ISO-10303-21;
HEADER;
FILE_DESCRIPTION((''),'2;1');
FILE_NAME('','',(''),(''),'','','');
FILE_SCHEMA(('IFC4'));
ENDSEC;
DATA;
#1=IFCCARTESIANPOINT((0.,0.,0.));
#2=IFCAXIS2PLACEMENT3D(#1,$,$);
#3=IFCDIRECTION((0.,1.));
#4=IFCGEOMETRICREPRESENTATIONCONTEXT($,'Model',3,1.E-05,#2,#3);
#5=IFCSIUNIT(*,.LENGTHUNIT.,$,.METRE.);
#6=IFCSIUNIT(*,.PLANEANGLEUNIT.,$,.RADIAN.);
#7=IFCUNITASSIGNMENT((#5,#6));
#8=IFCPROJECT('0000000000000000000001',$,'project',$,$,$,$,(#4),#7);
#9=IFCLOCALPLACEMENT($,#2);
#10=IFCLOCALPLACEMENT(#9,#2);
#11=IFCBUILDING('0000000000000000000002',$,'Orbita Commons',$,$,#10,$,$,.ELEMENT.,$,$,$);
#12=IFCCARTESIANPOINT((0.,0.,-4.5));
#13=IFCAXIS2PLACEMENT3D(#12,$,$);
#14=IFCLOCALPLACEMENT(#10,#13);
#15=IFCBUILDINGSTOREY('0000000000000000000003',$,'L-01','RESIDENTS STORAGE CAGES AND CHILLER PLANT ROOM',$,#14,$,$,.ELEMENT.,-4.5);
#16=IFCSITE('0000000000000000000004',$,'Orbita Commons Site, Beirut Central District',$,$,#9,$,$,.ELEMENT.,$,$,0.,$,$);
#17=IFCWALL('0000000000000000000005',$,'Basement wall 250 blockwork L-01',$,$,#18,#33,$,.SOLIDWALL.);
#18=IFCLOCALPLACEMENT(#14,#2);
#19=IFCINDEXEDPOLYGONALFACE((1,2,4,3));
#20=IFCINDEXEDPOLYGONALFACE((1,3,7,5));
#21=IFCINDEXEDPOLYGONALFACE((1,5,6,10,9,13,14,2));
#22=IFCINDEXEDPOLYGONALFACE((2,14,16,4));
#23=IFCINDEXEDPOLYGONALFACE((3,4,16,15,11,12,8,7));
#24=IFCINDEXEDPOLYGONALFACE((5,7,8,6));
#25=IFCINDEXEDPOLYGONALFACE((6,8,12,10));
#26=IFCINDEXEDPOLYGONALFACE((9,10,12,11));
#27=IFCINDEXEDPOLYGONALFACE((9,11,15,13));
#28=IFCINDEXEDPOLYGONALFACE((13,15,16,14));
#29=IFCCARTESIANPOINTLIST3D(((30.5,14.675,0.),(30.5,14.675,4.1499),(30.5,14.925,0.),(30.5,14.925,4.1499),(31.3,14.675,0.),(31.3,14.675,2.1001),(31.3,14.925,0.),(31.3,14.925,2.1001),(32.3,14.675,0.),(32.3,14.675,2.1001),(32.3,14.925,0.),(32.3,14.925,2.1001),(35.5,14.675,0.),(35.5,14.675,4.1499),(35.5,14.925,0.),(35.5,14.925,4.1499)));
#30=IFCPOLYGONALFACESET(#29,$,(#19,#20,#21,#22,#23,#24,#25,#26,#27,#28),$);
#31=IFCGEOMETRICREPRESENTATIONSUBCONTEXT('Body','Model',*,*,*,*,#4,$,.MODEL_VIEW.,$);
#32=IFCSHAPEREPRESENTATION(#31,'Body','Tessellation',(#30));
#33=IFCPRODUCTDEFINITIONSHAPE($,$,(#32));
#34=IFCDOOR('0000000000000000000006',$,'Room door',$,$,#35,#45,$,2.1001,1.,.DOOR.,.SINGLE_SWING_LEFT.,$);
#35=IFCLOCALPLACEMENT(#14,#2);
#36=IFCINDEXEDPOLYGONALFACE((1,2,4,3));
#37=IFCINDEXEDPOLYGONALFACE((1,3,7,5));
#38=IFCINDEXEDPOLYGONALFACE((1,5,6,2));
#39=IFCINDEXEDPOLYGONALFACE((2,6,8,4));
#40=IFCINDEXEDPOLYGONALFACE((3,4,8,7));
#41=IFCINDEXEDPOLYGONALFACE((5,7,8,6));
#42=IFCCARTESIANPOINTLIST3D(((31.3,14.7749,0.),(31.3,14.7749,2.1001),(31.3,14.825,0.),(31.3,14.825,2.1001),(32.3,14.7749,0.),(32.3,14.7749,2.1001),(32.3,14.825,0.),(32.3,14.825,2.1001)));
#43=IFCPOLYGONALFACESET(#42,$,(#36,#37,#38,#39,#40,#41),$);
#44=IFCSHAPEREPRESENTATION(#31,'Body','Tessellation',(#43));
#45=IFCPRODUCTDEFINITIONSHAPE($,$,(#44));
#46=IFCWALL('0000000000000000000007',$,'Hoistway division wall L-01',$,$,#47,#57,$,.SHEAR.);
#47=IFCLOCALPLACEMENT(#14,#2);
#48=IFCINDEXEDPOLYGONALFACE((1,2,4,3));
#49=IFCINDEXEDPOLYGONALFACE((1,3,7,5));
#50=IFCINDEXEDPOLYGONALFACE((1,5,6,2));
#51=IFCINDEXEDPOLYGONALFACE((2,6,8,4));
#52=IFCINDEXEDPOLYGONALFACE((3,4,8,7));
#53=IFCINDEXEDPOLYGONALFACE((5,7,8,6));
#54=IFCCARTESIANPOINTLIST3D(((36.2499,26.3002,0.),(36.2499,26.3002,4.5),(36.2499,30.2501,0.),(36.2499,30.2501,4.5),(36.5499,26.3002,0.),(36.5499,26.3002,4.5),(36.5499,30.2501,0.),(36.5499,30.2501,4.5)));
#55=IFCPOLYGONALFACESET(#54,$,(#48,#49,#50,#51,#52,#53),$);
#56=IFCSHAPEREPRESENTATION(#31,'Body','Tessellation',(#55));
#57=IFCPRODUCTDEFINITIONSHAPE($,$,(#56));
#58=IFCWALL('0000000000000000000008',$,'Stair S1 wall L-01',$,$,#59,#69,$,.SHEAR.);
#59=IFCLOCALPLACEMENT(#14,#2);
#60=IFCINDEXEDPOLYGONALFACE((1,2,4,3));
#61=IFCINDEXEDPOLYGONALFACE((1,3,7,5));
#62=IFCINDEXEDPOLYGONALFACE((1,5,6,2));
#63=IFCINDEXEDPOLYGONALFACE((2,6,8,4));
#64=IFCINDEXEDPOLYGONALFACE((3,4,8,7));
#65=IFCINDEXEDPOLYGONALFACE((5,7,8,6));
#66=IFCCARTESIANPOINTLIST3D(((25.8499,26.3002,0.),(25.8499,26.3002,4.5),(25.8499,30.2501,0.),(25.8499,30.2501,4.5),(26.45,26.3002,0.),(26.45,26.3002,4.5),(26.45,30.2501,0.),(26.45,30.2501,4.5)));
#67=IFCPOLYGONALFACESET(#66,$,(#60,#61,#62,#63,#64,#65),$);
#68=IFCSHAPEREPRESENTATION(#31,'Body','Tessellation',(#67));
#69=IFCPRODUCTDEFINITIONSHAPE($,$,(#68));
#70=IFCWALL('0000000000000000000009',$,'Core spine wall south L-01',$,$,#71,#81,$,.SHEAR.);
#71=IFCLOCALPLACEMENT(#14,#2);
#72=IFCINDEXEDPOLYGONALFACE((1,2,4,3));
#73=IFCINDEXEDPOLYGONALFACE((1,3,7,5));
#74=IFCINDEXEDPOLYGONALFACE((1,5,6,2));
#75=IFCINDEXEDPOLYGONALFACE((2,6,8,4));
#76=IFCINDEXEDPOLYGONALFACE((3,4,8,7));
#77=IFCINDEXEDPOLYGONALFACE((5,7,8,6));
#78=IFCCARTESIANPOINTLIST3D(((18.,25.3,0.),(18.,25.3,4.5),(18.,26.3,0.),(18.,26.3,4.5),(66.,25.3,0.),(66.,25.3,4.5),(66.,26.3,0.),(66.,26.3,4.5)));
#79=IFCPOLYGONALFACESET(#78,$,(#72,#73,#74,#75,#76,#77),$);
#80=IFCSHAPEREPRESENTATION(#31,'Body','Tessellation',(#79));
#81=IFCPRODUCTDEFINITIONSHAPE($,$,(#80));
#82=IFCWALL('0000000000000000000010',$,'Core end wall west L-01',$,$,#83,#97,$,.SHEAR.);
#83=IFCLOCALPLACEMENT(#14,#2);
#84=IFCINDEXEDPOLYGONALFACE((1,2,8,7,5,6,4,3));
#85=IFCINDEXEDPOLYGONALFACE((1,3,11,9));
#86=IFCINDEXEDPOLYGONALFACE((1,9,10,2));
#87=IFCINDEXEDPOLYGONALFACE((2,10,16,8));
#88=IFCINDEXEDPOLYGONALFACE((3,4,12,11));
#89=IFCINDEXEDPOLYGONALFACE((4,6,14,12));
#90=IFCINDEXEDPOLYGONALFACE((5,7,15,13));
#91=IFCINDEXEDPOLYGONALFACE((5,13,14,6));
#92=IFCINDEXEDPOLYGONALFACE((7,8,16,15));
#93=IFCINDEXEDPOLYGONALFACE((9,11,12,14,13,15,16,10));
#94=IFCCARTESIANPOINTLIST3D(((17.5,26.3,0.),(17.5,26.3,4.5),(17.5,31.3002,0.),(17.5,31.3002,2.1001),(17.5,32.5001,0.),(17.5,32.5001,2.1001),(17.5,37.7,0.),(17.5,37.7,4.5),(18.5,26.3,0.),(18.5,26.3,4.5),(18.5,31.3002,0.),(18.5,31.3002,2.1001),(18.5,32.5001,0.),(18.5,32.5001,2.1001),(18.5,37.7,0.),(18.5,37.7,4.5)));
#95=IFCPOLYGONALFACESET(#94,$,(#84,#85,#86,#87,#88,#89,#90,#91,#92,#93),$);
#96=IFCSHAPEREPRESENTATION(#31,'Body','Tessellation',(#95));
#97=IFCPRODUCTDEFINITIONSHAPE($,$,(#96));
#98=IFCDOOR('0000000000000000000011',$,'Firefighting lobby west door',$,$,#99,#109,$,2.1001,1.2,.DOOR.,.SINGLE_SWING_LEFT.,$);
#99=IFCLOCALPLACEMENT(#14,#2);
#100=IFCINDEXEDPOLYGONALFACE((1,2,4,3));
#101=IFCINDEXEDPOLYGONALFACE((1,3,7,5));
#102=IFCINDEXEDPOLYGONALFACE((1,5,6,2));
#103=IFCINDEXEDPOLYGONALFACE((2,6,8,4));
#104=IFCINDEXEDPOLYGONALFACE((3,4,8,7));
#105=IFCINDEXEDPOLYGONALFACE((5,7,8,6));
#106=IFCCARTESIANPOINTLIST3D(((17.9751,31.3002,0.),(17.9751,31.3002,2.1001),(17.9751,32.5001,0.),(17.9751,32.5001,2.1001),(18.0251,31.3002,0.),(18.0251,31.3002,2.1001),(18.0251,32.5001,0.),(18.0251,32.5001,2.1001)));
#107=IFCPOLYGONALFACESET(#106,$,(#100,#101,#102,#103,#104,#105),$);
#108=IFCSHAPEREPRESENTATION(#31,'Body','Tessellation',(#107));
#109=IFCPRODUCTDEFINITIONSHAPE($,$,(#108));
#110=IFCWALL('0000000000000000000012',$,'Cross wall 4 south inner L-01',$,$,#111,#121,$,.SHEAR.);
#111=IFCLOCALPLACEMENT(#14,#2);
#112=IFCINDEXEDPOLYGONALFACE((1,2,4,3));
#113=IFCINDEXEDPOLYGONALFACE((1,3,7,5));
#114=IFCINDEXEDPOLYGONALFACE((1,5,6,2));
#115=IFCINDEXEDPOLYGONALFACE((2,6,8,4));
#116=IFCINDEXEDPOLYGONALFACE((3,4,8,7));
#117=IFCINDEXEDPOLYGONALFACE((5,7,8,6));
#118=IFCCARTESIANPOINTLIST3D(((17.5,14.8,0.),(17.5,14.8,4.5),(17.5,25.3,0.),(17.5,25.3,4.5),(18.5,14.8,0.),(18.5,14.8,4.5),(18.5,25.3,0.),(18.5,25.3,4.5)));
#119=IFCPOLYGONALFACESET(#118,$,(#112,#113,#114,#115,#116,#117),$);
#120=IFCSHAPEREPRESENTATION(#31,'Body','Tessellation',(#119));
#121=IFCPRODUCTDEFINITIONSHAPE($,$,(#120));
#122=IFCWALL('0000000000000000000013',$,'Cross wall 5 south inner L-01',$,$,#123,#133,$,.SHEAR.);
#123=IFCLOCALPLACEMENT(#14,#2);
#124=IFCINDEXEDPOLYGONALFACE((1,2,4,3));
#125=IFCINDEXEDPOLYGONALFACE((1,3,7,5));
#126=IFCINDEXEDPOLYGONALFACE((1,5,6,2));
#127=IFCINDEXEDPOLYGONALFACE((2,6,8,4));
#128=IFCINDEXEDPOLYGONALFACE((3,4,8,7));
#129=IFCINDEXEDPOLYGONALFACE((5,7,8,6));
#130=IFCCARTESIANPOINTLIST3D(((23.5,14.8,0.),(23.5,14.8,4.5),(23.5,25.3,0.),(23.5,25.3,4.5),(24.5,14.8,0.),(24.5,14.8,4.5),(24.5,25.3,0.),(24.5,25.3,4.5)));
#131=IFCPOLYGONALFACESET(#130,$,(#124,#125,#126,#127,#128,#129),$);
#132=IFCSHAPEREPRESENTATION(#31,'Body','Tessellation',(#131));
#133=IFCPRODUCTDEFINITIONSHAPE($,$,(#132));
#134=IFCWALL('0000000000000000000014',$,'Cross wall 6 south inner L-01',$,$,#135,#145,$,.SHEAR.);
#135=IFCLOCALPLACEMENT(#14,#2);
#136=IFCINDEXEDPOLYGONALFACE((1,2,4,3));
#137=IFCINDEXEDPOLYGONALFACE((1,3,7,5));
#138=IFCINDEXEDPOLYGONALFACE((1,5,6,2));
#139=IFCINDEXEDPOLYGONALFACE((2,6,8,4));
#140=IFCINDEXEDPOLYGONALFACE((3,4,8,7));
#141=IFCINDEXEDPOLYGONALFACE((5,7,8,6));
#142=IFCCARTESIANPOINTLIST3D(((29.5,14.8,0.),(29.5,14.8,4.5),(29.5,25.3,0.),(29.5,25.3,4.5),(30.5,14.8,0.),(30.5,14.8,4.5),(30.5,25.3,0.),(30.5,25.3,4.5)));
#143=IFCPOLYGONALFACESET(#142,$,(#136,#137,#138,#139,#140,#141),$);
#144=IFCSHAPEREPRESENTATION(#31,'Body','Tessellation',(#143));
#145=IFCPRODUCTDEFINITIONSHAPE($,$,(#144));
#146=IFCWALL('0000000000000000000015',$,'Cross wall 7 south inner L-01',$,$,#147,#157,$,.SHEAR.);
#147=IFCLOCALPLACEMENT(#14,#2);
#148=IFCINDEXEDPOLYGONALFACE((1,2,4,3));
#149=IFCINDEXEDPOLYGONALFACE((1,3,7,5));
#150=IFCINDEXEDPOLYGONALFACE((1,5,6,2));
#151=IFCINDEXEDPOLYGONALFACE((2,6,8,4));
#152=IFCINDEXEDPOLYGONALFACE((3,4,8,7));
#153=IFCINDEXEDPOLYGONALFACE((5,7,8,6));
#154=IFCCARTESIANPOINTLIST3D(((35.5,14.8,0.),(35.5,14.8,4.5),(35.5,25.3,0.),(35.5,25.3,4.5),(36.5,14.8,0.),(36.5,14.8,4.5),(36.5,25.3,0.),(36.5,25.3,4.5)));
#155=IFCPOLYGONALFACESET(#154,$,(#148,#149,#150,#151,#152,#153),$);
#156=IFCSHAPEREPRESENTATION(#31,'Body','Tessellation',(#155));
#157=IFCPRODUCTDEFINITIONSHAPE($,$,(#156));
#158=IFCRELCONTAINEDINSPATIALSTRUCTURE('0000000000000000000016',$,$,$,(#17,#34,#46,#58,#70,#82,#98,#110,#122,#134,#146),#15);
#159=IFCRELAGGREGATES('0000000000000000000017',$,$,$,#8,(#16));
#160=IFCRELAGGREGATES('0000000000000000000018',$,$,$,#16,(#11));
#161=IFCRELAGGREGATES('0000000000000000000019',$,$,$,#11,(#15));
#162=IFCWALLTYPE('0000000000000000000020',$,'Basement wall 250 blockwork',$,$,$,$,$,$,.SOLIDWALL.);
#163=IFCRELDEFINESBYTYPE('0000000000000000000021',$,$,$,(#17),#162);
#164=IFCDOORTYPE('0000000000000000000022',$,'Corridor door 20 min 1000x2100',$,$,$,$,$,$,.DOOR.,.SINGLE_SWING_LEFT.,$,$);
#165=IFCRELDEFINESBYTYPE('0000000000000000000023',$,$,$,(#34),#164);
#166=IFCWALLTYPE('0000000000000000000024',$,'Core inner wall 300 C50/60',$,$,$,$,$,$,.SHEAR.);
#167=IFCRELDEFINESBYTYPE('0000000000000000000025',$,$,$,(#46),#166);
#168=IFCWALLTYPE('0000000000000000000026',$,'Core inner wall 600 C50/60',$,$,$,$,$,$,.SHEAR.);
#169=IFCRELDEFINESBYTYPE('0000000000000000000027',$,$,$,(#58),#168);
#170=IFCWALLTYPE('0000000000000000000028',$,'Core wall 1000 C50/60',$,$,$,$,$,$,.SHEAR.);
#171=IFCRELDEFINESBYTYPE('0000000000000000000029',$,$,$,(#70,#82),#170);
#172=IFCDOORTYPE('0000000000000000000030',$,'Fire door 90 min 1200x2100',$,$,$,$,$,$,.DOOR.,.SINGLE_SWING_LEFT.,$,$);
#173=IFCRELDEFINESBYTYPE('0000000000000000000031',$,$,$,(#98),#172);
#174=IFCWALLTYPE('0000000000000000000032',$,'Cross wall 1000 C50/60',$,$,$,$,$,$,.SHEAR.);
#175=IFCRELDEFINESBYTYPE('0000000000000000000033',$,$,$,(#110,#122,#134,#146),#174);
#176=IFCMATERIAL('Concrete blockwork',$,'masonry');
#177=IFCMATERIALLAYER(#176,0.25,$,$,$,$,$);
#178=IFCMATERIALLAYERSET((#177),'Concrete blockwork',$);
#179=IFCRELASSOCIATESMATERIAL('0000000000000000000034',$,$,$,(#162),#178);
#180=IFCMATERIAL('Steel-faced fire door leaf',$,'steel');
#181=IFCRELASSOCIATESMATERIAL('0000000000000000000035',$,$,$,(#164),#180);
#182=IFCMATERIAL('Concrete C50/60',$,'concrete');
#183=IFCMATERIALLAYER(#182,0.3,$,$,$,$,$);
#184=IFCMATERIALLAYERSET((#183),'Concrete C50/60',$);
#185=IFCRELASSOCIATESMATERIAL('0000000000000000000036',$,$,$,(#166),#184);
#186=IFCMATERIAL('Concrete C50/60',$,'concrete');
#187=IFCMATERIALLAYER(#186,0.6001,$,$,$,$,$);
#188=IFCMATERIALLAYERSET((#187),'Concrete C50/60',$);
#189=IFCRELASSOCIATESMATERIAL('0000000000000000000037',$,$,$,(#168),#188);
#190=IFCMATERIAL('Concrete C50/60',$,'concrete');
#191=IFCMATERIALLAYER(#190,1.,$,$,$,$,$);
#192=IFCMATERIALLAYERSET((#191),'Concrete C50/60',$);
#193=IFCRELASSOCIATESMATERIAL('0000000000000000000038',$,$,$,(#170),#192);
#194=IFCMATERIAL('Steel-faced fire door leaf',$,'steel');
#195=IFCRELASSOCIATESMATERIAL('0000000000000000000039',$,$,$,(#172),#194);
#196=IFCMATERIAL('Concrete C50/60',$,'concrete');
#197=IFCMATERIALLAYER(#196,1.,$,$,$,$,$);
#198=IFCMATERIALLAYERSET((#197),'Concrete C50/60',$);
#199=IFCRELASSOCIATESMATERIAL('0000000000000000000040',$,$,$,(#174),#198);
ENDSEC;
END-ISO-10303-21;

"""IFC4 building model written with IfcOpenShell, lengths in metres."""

from ifc_helpers import new_model, si_unit, direction, frame, frame_2d, origin, place, context, subcontext, project, spatial, rectangle, extrude, material, layer, layer_set, type_object, element, fill, save


model = new_model("IFC4")

# Units and contexts
model_context = context("Model", 3, precision=1e-05, world=origin(), true_north=direction((0.0, 1.0)))
body_context = subcontext(model_context, "Body", "Model", "MODEL_VIEW")
ifc_project = project(units=[si_unit("LENGTHUNIT", "METRE"), si_unit("PLANEANGLEUNIT", "RADIAN")], contexts=[model_context])

# Site, building, storey
site_placement = place(None, origin())
site = spatial("IfcSite", under=ifc_project, at=site_placement, Name="Orbita Commons Site, Beirut Central District", CompositionType="ELEMENT", RefElevation=0.0)
building_placement = place(site_placement, origin())
building = spatial("IfcBuilding", under=site, at=building_placement, Name="Orbita Commons", CompositionType="ELEMENT")
storey_placement = place(building_placement, frame((0.0, 0.0, -4.5)))
storey = spatial("IfcBuildingStorey", under=building, at=storey_placement, Name="L-01", Description="RESIDENTS STORAGE CAGES AND CHILLER PLANT ROOM", CompositionType="ELEMENT", Elevation=-4.5)

# Shared definitions
ifc_material_1 = material(Name="Concrete blockwork", Category="masonry")
ifc_layer_1 = layer(ifc_material_1, 0.25)
ifc_layer_set_1 = layer_set([ifc_layer_1], Name="Concrete blockwork")
wall_type_1 = type_object("IfcWallType", Name="Basement wall 250 blockwork", PredefinedType="SOLIDWALL", material=ifc_layer_set_1)

# Wall, opening, door
ifc_material_2 = material(Name="Steel-faced fire door leaf", Category="steel")
door_type_1 = type_object("IfcDoorType", Name="Corridor door 20 min 1000x2100", OperationType="SINGLE_SWING_LEFT", PredefinedType="DOOR", material=ifc_material_2)
wall_1_placement = place(storey_placement, frame((30.5, 14.8, 0.0), z_axis=(0.0, 0.0, 1.0), x_axis=(1.0, 0.0, 0.0)))
wall_1 = element("IfcWall", 1, at=wall_1_placement, inside=storey, type_object=wall_type_1, Name="Basement wall 250 blockwork L-01", PredefinedType="SOLIDWALL", context=body_context, shape_type="SweptSolid", body=[
    extrude(rectangle(XDim=5.0, YDim=0.25, at=frame_2d((2.5, 0.0))), origin(), (0.0, 0.0, 1.0), 4.1499),
])
opening_1_placement = place(wall_1_placement, frame((0.8, 0.0, 0.0)))
opening_1 = element("IfcOpeningElement", 2, at=opening_1_placement, cuts=wall_1, PredefinedType="OPENING", context=body_context, shape_type="SweptSolid", body=[
    extrude(rectangle(XDim=1.0, YDim=2.1001, at=frame_2d((0.5, 1.05))), frame((0.0, 0.135, 0.0), z_axis=(0.0, -1.0, 0.0), x_axis=(1.0, 0.0, 0.0)), (0.0, 0.0, 1.0), 0.27),
])
door_1_placement = place(opening_1_placement, origin())
door_1 = element("IfcDoor", 3, at=door_1_placement, inside=storey, type_object=door_type_1, Name="Room door", OperationType="SINGLE_SWING_LEFT", OverallHeight=2.1001, OverallWidth=1.0, PredefinedType="DOOR", context=body_context, shape_type="SweptSolid", body=[
    extrude(rectangle(XDim=1.0, YDim=2.1001, at=frame_2d((0.5, 1.05))), frame((0.0, 0.0249, 0.0), z_axis=(0.0, -1.0, 0.0), x_axis=(1.0, 0.0, 0.0)), (0.0, 0.0, 1.0), 0.05),
])
fill(opening_1, door_1)

# Walls
ifc_material_3 = material(Name="Concrete C50/60", Category="concrete")
ifc_layer_2 = layer(ifc_material_3, 0.3)
ifc_layer_set_2 = layer_set([ifc_layer_2], Name="Concrete C50/60")
wall_type_2 = type_object("IfcWallType", Name="Core inner wall 300 C50/60", PredefinedType="SHEAR", material=ifc_layer_set_2)
wall_2_placement = place(storey_placement, frame((36.3999, 26.3, 0.0), z_axis=(0.0, 0.0, 1.0), x_axis=(0.0, 1.0, 0.0)))
element("IfcWall", 4, at=wall_2_placement, inside=storey, type_object=wall_type_2, Name="Hoistway division wall L-01", PredefinedType="SHEAR", context=body_context, shape_type="SweptSolid", body=[
    extrude(rectangle(XDim=3.95, YDim=0.3, at=frame_2d((1.9751, 0.0))), origin(), (0.0, 0.0, 1.0), 4.5),
])
ifc_material_4 = material(Name="Concrete C50/60", Category="concrete")
ifc_layer_3 = layer(ifc_material_4, 0.6001)
ifc_layer_set_3 = layer_set([ifc_layer_3], Name="Concrete C50/60")
wall_type_3 = type_object("IfcWallType", Name="Core inner wall 600 C50/60", PredefinedType="SHEAR", material=ifc_layer_set_3)
wall_3_placement = place(storey_placement, frame((26.1499, 26.3, 0.0), z_axis=(0.0, 0.0, 1.0), x_axis=(0.0, 1.0, 0.0)))
element("IfcWall", 5, at=wall_3_placement, inside=storey, type_object=wall_type_3, Name="Stair S1 wall L-01", PredefinedType="SHEAR", context=body_context, shape_type="SweptSolid", body=[
    extrude(rectangle(XDim=3.95, YDim=0.6001, at=frame_2d((1.9751, 0.0))), origin(), (0.0, 0.0, 1.0), 4.5),
])
ifc_material_5 = material(Name="Concrete C50/60", Category="concrete")
ifc_layer_4 = layer(ifc_material_5, 1.0)
ifc_layer_set_4 = layer_set([ifc_layer_4], Name="Concrete C50/60")
wall_type_4 = type_object("IfcWallType", Name="Core wall 1000 C50/60", PredefinedType="SHEAR", material=ifc_layer_set_4)
wall_4_placement = place(storey_placement, frame((18.0, 25.8, 0.0), z_axis=(0.0, 0.0, 1.0), x_axis=(1.0, 0.0, 0.0)))
element("IfcWall", 6, at=wall_4_placement, inside=storey, type_object=wall_type_4, Name="Core spine wall south L-01", PredefinedType="SHEAR", context=body_context, shape_type="SweptSolid", body=[
    extrude(rectangle(XDim=48.0, YDim=1.0, at=frame_2d((24.0, 0.0))), origin(), (0.0, 0.0, 1.0), 4.5),
])

# Wall, opening, door
wall_5_placement = place(storey_placement, frame((18.0, 26.3, 0.0), z_axis=(0.0, 0.0, 1.0), x_axis=(0.0, 1.0, 0.0)))
wall_5 = element("IfcWall", 7, at=wall_5_placement, inside=storey, type_object=wall_type_4, Name="Core end wall west L-01", PredefinedType="SHEAR", context=body_context, shape_type="SweptSolid", body=[
    extrude(rectangle(XDim=11.3999, YDim=1.0, at=frame_2d((5.7, 0.0))), origin(), (0.0, 0.0, 1.0), 4.5),
])
opening_2_placement = place(wall_5_placement, frame((5.0, 0.0, 0.0)))
opening_2 = element("IfcOpeningElement", 8, at=opening_2_placement, cuts=wall_5, PredefinedType="OPENING", context=body_context, shape_type="SweptSolid", body=[
    extrude(rectangle(XDim=1.2, YDim=2.1001, at=frame_2d((0.6001, 1.05))), frame((0.0, 0.51, 0.0), z_axis=(0.0, -1.0, 0.0), x_axis=(1.0, 0.0, 0.0)), (0.0, 0.0, 1.0), 1.02),
])
ifc_material_6 = material(Name="Steel-faced fire door leaf", Category="steel")
door_type_2 = type_object("IfcDoorType", Name="Fire door 90 min 1200x2100", OperationType="SINGLE_SWING_LEFT", PredefinedType="DOOR", material=ifc_material_6)
door_2_placement = place(opening_2_placement, origin())
door_2 = element("IfcDoor", 9, at=door_2_placement, inside=storey, type_object=door_type_2, Name="Firefighting lobby west door", OperationType="SINGLE_SWING_LEFT", OverallHeight=2.1001, OverallWidth=1.2, PredefinedType="DOOR", context=body_context, shape_type="SweptSolid", body=[
    extrude(rectangle(XDim=1.2, YDim=2.1001, at=frame_2d((0.6001, 1.05))), frame((0.0, 0.0249, 0.0), z_axis=(0.0, -1.0, 0.0), x_axis=(1.0, 0.0, 0.0)), (0.0, 0.0, 1.0), 0.05),
])
fill(opening_2, door_2)

# Walls
ifc_material_7 = material(Name="Concrete C50/60", Category="concrete")
ifc_layer_5 = layer(ifc_material_7, 1.0)
ifc_layer_set_5 = layer_set([ifc_layer_5], Name="Concrete C50/60")
wall_type_5 = type_object("IfcWallType", Name="Cross wall 1000 C50/60", PredefinedType="SHEAR", material=ifc_layer_set_5)
for number, where, z_axis, x_axis, name in (
    (10, (18.0, 14.8, 0.0), (0.0, 0.0, 1.0), (0.0, 1.0, 0.0), "Cross wall 4 south inner L-01"),
    (11, (24.0, 14.8, 0.0), (0.0, 0.0, 1.0), (0.0, 1.0, 0.0), "Cross wall 5 south inner L-01"),
    (12, (30.0, 14.8, 0.0), (0.0, 0.0, 1.0), (0.0, 1.0, 0.0), "Cross wall 6 south inner L-01"),
    (13, (36.0, 14.8, 0.0), (0.0, 0.0, 1.0), (0.0, 1.0, 0.0), "Cross wall 7 south inner L-01"),
):
    element("IfcWall", number, at=place(storey_placement, frame(where, z_axis=z_axis, x_axis=x_axis)), inside=storey, type_object=wall_type_5, Name=name, PredefinedType="SHEAR", context=body_context, shape_type="SweptSolid", body=[
        extrude(rectangle(XDim=10.5, YDim=1.0, at=frame_2d((5.25, 0.0))), origin(), (0.0, 0.0, 1.0), 4.5),
    ])

save(model, "model.ifc")
